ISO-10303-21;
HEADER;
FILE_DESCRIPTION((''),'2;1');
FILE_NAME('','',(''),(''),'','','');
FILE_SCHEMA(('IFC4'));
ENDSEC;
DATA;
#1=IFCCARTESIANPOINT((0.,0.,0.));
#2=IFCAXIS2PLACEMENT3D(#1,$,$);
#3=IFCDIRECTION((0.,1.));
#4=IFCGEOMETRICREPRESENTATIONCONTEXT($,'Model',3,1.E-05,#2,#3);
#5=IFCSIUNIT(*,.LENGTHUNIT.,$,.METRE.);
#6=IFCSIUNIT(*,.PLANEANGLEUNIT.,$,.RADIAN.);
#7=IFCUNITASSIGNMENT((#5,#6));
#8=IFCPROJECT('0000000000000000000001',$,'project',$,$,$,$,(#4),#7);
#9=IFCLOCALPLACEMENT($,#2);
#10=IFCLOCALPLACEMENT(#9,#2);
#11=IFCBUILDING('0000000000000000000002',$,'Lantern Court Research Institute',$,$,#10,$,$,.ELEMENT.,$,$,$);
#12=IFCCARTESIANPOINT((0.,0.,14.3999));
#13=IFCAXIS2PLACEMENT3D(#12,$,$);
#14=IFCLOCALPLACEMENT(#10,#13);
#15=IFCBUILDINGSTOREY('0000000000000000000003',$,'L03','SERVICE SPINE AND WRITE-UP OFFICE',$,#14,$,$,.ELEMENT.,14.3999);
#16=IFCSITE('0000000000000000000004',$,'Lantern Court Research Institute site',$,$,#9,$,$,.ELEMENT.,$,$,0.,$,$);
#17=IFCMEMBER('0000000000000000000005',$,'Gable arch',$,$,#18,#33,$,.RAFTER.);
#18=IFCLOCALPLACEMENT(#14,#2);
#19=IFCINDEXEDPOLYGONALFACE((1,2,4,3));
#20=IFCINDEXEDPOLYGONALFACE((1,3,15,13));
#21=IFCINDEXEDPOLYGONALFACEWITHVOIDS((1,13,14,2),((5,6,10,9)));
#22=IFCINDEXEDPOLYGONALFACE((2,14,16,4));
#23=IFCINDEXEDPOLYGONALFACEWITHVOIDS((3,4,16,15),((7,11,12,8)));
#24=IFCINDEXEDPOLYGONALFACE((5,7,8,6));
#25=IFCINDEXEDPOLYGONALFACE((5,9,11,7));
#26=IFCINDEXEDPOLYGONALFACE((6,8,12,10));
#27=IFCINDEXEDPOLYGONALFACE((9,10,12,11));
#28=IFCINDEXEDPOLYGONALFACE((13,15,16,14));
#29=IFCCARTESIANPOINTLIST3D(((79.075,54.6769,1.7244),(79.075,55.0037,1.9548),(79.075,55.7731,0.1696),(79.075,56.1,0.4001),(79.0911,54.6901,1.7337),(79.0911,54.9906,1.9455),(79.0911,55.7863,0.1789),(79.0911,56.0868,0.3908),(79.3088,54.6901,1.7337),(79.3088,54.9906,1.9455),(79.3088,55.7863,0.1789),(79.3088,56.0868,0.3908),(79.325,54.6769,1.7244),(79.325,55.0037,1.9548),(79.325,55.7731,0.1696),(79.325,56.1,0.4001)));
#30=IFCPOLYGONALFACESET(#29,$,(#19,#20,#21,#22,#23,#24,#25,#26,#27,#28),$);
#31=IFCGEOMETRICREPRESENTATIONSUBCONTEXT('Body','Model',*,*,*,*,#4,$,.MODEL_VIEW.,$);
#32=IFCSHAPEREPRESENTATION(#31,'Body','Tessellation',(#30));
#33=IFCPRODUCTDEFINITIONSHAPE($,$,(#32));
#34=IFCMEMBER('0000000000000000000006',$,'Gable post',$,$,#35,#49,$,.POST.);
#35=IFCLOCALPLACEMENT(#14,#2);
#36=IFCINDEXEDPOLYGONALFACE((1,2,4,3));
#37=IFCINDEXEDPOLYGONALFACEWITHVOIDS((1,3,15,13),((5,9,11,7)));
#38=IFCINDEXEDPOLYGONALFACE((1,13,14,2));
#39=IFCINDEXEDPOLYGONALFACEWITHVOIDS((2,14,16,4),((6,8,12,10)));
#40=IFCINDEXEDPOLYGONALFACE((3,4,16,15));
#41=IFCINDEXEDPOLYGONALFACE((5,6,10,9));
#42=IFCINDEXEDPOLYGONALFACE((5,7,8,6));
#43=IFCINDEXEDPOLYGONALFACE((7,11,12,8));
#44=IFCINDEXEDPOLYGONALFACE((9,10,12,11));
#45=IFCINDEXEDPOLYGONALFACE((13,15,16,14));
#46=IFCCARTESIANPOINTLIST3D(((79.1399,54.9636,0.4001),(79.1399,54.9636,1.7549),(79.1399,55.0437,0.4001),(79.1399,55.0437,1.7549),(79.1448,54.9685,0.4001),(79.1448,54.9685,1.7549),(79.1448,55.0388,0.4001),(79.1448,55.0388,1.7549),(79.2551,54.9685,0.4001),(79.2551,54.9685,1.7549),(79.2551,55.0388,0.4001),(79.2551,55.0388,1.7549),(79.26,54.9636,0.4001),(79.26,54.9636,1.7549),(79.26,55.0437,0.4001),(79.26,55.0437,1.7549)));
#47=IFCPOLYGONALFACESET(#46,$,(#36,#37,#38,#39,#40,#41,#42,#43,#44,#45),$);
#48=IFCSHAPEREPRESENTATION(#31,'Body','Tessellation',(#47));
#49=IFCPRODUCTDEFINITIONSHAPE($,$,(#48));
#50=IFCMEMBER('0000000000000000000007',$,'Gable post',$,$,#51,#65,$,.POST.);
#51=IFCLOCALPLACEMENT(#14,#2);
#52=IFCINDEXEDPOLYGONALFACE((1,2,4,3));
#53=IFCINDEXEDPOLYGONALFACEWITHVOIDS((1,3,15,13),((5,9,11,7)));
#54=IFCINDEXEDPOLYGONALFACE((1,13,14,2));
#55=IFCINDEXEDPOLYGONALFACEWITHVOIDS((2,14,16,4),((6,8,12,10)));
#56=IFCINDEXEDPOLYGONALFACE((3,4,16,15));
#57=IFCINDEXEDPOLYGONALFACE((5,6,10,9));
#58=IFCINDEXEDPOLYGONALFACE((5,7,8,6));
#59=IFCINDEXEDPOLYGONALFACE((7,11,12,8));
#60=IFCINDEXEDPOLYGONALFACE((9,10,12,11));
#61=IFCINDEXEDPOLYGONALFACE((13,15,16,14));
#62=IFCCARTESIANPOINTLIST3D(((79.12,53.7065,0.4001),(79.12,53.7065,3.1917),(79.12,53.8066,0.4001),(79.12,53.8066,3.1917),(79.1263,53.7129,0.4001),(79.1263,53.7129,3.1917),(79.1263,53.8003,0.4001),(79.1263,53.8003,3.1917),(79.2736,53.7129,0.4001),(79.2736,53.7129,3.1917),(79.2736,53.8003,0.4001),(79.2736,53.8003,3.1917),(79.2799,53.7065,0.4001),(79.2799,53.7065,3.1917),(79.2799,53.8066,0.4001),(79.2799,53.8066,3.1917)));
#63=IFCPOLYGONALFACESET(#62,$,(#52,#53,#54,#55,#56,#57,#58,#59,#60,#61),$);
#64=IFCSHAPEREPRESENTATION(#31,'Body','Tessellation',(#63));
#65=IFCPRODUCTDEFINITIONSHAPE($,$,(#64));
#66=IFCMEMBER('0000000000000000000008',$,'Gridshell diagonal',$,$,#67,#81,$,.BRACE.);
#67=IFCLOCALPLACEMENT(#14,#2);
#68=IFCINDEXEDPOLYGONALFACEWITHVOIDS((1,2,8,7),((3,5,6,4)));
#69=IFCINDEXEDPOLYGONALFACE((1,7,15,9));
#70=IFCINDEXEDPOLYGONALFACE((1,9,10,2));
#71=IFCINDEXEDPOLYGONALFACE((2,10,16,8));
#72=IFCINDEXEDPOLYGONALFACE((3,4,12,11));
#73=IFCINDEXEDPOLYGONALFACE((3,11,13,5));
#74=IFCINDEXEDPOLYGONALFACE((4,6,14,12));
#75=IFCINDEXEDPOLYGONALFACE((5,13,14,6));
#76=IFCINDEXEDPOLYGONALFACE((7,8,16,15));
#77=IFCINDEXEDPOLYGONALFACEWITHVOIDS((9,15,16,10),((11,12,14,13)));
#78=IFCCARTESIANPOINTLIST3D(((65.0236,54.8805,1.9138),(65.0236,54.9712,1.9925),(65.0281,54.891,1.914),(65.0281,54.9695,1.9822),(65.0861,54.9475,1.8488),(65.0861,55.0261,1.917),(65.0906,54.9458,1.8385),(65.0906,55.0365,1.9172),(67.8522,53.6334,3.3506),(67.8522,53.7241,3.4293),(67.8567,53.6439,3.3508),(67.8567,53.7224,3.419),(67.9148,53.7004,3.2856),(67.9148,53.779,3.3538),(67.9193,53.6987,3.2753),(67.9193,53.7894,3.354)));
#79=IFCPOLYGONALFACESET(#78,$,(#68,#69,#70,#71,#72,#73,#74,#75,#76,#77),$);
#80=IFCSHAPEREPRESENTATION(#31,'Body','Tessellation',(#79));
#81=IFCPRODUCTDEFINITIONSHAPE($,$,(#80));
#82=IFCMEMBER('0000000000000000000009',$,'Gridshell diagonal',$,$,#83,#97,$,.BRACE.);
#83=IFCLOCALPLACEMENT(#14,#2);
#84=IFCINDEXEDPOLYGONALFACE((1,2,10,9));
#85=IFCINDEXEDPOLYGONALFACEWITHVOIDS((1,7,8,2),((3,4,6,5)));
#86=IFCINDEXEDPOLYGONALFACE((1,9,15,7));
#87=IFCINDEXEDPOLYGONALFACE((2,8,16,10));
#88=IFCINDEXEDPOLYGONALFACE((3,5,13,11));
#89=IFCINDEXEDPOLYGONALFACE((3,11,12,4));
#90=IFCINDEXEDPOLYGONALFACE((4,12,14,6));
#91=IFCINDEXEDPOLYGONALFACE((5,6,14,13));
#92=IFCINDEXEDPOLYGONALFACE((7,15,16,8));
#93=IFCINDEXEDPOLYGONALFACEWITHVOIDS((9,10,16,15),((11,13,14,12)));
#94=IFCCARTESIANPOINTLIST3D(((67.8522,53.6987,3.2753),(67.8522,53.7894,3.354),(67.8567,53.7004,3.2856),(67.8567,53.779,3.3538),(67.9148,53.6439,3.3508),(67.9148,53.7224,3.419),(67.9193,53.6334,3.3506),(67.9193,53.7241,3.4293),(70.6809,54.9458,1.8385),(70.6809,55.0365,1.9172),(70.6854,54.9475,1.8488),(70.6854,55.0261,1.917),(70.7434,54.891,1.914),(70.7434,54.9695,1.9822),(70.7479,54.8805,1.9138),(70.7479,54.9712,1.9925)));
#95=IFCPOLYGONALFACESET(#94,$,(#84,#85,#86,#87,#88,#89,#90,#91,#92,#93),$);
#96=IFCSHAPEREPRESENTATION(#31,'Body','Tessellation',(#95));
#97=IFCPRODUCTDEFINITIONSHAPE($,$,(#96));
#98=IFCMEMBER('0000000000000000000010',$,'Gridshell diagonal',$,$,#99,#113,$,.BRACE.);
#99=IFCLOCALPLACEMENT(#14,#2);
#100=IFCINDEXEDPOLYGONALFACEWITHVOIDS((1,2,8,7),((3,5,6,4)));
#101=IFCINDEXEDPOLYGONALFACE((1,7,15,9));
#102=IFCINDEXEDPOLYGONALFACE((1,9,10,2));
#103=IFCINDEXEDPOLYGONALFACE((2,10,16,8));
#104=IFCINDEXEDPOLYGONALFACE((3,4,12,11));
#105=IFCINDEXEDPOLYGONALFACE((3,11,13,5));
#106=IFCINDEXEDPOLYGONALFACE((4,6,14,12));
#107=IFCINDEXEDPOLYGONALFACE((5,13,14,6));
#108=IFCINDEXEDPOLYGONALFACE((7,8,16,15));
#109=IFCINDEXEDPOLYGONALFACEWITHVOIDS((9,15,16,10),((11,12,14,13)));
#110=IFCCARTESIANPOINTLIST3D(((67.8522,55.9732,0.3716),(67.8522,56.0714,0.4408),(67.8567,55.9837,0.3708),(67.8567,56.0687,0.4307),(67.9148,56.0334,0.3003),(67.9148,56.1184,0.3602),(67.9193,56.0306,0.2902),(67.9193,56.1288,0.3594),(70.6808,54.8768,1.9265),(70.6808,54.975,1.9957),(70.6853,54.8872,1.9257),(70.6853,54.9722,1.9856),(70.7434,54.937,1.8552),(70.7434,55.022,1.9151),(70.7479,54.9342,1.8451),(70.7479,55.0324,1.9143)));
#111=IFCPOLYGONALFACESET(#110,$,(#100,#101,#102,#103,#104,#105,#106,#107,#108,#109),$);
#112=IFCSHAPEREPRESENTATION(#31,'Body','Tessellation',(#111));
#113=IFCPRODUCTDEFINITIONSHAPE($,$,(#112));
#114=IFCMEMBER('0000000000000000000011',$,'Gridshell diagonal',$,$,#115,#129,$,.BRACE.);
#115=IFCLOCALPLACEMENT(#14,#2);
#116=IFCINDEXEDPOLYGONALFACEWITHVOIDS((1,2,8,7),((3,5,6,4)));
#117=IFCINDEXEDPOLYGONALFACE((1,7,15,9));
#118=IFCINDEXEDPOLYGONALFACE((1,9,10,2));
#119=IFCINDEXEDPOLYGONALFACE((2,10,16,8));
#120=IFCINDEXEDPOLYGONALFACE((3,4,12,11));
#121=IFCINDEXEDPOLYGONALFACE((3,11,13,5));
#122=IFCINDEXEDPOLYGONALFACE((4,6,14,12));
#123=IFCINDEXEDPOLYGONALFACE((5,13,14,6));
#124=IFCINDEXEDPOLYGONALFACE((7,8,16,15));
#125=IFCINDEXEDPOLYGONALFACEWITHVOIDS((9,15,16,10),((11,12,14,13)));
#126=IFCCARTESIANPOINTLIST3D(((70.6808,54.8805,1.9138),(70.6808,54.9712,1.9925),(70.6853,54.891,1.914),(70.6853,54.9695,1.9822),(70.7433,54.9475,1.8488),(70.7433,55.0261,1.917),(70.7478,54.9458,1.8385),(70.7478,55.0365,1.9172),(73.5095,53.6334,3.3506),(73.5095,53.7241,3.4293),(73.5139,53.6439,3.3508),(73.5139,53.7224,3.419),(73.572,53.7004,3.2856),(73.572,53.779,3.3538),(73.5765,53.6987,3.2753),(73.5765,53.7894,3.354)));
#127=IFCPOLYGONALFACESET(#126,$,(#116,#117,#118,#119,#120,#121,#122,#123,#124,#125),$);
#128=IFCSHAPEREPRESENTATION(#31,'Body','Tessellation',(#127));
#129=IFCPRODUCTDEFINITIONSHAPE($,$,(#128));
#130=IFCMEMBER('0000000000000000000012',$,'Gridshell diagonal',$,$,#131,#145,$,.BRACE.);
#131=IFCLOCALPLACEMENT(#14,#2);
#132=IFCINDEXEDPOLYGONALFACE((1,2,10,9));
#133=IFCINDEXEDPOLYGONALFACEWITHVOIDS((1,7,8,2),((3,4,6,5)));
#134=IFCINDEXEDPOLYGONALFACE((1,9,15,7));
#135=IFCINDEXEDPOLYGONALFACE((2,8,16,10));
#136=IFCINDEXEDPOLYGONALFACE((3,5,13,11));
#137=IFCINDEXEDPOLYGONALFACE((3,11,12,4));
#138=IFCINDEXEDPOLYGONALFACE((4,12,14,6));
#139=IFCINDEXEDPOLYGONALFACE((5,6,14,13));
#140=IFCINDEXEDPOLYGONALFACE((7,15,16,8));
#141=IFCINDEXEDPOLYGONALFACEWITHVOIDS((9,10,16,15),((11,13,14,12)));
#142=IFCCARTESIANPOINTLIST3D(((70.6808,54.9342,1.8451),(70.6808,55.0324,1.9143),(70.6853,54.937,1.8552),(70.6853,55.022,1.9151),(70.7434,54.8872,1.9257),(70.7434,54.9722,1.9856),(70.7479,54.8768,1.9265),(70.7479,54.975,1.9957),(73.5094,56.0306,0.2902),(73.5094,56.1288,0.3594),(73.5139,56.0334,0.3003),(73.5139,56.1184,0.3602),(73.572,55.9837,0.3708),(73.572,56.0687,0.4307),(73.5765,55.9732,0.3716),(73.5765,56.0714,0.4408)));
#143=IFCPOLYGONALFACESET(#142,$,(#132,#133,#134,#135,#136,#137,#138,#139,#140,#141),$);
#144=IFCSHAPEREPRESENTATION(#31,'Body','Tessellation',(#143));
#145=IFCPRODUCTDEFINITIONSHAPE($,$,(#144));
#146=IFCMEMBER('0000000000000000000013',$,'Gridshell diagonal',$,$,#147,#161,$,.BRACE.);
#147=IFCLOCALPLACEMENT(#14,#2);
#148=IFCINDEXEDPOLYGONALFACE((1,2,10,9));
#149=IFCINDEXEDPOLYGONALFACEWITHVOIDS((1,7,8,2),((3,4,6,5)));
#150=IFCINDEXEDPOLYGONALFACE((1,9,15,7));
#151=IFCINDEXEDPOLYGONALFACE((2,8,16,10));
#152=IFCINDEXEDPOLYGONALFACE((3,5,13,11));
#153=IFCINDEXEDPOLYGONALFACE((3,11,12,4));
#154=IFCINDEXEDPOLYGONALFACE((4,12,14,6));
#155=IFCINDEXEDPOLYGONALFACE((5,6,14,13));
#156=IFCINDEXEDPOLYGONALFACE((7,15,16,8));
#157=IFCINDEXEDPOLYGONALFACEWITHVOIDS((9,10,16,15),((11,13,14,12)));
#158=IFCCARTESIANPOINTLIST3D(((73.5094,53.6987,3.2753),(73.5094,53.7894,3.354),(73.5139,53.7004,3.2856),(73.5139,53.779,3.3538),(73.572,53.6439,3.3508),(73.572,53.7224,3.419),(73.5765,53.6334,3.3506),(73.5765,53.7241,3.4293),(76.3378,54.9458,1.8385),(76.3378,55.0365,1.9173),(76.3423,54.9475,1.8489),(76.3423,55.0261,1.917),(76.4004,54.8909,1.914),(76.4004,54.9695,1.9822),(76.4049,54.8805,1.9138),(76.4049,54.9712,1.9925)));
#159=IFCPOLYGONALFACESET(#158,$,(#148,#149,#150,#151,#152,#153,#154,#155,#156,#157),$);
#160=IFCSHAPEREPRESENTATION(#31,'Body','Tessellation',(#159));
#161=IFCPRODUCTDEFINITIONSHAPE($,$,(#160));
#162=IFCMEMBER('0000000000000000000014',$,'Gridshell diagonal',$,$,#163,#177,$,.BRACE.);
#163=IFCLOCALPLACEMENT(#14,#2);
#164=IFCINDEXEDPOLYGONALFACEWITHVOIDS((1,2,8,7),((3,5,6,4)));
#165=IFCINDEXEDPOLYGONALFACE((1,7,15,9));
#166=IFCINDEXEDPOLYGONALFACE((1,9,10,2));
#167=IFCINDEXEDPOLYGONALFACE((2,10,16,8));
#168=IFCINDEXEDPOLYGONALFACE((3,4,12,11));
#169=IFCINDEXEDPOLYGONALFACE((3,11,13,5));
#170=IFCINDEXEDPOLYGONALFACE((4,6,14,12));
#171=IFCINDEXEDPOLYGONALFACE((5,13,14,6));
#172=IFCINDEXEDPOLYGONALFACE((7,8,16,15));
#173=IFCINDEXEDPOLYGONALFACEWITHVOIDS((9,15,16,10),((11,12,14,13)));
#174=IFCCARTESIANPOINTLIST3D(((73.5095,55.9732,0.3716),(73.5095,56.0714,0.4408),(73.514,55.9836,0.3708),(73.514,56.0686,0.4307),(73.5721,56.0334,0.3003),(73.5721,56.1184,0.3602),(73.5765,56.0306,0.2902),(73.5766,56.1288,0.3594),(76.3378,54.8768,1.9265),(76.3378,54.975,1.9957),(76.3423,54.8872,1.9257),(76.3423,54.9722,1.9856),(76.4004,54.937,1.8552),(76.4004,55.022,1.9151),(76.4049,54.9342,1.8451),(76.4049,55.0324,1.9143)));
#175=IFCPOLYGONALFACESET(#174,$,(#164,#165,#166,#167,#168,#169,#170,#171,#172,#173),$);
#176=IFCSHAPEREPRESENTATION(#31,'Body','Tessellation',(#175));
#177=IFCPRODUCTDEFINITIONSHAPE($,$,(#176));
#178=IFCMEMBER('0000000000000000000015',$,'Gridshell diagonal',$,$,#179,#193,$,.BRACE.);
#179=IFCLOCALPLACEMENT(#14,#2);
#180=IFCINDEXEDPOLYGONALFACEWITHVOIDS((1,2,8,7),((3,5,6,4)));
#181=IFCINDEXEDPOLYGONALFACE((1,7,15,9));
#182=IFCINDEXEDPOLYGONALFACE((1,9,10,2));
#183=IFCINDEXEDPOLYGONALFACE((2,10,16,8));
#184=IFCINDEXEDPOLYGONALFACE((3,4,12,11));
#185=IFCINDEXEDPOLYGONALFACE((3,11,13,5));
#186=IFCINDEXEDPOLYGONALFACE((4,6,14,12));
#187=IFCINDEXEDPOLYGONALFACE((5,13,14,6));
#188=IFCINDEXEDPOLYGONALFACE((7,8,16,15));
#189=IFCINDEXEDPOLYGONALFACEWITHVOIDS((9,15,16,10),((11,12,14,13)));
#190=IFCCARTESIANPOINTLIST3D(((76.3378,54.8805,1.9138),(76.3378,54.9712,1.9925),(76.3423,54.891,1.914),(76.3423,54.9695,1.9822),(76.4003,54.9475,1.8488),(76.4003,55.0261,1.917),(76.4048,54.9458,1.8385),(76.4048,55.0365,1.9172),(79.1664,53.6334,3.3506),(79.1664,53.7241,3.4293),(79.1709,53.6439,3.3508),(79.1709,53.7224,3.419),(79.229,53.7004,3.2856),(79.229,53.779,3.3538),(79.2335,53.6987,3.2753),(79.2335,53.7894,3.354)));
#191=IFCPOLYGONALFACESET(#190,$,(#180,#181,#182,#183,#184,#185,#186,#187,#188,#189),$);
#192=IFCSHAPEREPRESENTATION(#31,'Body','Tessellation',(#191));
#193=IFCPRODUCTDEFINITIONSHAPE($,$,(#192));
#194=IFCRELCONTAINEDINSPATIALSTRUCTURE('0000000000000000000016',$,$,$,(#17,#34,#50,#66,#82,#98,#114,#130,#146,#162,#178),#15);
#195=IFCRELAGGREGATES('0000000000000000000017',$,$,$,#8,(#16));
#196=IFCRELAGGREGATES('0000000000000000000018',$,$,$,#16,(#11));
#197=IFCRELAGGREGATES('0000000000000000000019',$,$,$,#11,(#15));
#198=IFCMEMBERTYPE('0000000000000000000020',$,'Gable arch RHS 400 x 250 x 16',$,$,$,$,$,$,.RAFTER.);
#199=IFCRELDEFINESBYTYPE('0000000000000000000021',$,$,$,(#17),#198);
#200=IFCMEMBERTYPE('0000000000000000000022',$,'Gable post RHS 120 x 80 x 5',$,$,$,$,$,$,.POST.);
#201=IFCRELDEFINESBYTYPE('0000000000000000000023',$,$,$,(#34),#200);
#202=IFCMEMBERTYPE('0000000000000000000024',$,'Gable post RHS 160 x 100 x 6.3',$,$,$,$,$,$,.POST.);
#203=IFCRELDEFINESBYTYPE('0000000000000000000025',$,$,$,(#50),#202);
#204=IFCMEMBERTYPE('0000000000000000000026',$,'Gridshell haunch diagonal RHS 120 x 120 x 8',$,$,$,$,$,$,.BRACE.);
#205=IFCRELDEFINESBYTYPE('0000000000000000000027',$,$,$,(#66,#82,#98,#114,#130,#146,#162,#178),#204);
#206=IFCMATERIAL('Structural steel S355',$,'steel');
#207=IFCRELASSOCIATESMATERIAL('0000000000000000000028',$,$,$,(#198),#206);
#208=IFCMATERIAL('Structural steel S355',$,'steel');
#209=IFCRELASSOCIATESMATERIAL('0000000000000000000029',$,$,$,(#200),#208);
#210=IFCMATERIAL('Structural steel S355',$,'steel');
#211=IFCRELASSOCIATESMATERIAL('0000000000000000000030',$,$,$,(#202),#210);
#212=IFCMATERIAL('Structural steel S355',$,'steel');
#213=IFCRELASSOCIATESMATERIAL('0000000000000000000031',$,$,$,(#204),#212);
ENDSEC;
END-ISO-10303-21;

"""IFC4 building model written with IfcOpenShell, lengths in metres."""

from ifc_helpers import new_model, si_unit, direction, frame, origin, origin_2d, place, context, subcontext, project, spatial, hollow_rectangle, extrude, material, material_profile, profile_set, type_object, element, save


model = new_model("IFC4")

# Units and contexts
model_context = context("Model", 3, precision=1e-05, world=origin(), true_north=direction((0.0, 1.0)))
body_context = subcontext(model_context, "Body", "Model", "MODEL_VIEW")
ifc_project = project(units=[si_unit("LENGTHUNIT", "METRE"), si_unit("PLANEANGLEUNIT", "RADIAN")], contexts=[model_context])

# Site, building, storey
site_placement = place(None, origin())
site = spatial("IfcSite", under=ifc_project, at=site_placement, Name="Lantern Court Research Institute site", CompositionType="ELEMENT", RefElevation=0.0)
building_placement = place(site_placement, origin())
building = spatial("IfcBuilding", under=site, at=building_placement, Name="Lantern Court Research Institute", CompositionType="ELEMENT")
storey_placement = place(building_placement, frame((0.0, 0.0, 14.3999)))
storey = spatial("IfcBuildingStorey", under=building, at=storey_placement, Name="L03", Description="SERVICE SPINE AND WRITE-UP OFFICE", CompositionType="ELEMENT", Elevation=14.3999)

# Members
ifc_material_1 = material(Name="Structural steel S355", Category="steel")
ifc_material_profile_1 = material_profile(ifc_material_1, hollow_rectangle(XDim=0.25, YDim=0.3999, WallThickness=0.0161, at=origin_2d()), Name="Gable arch RHS 400 x 250 x 16")
ifc_profile_set_1 = profile_set([ifc_material_profile_1], Name="Structural steel S355")
member_type_1 = type_object("IfcMemberType", Name="Gable arch RHS 400 x 250 x 16", PredefinedType="RAFTER", material=ifc_profile_set_1)
member_1_placement = place(storey_placement, frame((79.2, 54.8403, 1.8396), z_axis=(0.0, 0.57625, -0.817274), x_axis=(-1.0, 0.0, 0.0)))
element("IfcMember", 1, at=member_1_placement, inside=storey, type_object=member_type_1, Name="Gable arch", PredefinedType="RAFTER", context=body_context, shape_type="SweptSolid", body=[
    extrude(hollow_rectangle(XDim=0.25, YDim=0.3999, WallThickness=0.0161, at=origin_2d()), origin(), (0.0, 0.0, 1.0), 1.9023),
])
ifc_material_2 = material(Name="Structural steel S355", Category="steel")
ifc_material_profile_2 = material_profile(ifc_material_2, hollow_rectangle(XDim=0.1201, YDim=0.0801, WallThickness=0.0049, at=origin_2d()), Name="Gable post RHS 120 x 80 x 5")
ifc_profile_set_2 = profile_set([ifc_material_profile_2], Name="Structural steel S355")
member_type_2 = type_object("IfcMemberType", Name="Gable post RHS 120 x 80 x 5", PredefinedType="POST", material=ifc_profile_set_2)
member_2_placement = place(storey_placement, frame((79.2, 55.0037, 0.4001), z_axis=(0.0, 0.0, 1.0), x_axis=(1.0, 0.0, 0.0)))
element("IfcMember", 2, at=member_2_placement, inside=storey, type_object=member_type_2, Name="Gable post", PredefinedType="POST", context=body_context, shape_type="SweptSolid", body=[
    extrude(hollow_rectangle(XDim=0.1201, YDim=0.0801, WallThickness=0.0049, at=origin_2d()), origin(), (0.0, 0.0, 1.0), 1.3547),
])
ifc_material_3 = material(Name="Structural steel S355", Category="steel")
ifc_material_profile_3 = material_profile(ifc_material_3, hollow_rectangle(XDim=0.1599, YDim=0.1001, WallThickness=0.0063, at=origin_2d()), Name="Gable post RHS 160 x 100 x 6.3")
ifc_profile_set_3 = profile_set([ifc_material_profile_3], Name="Structural steel S355")
member_type_3 = type_object("IfcMemberType", Name="Gable post RHS 160 x 100 x 6.3", PredefinedType="POST", material=ifc_profile_set_3)
member_3_placement = place(storey_placement, frame((79.2, 53.7566, 0.4001), z_axis=(0.0, 0.0, 1.0), x_axis=(1.0, 0.0, 0.0)))
element("IfcMember", 3, at=member_3_placement, inside=storey, type_object=member_type_3, Name="Gable post", PredefinedType="POST", context=body_context, shape_type="SweptSolid", body=[
    extrude(hollow_rectangle(XDim=0.1599, YDim=0.1001, WallThickness=0.0063, at=origin_2d()), origin(), (0.0, 0.0, 1.0), 2.7915),
])
ifc_material_4 = material(Name="Structural steel S355", Category="steel")
ifc_material_profile_4 = material_profile(ifc_material_4, hollow_rectangle(XDim=0.1201, YDim=0.1201, WallThickness=0.0081, at=origin_2d()), Name="Gridshell haunch diagonal RHS 120 x 120 x 8")
ifc_profile_set_4 = profile_set([ifc_material_profile_4], Name="Structural steel S355")
member_type_4 = type_object("IfcMemberType", Name="Gridshell haunch diagonal RHS 120 x 120 x 8", PredefinedType="BRACE", material=ifc_profile_set_4)
for number, where, z_axis, x_axis, name in (
    (4, (67.8857, 53.7114, 3.3523), (-0.829775, 0.365829, -0.421477), (-0.558098, -0.543914, 0.626645), "Gridshell diagonal"),
    (5, (67.8857, 53.7114, 3.3523), (0.829775, 0.365829, -0.421477), (-0.558098, 0.543914, -0.626645), "Gridshell diagonal"),
    (6, (70.7144, 54.9546, 1.9204), (-0.829757, 0.321633, -0.45613), (-0.558124, -0.478138, 0.678146), "Gridshell diagonal"),
    (7, (73.543, 53.7114, 3.3523), (-0.829775, 0.365829, -0.421477), (-0.558098, -0.543914, 0.626645), "Gridshell diagonal"),
    (8, (70.7144, 54.9546, 1.9204), (0.829757, 0.321633, -0.45613), (-0.558124, 0.478138, -0.678146), "Gridshell diagonal"),
):
    element("IfcMember", number, at=place(storey_placement, frame(where, z_axis=z_axis, x_axis=x_axis)), inside=storey, type_object=member_type_4, Name=name, PredefinedType="BRACE", context=body_context, shape_type="SweptSolid", body=[
        extrude(hollow_rectangle(XDim=0.1201, YDim=0.1201, WallThickness=0.0081, at=origin_2d()), origin(), (0.0, 0.0, 1.0), 3.4089),
    ])
for number, where, z_axis, x_axis, name in (
    (9, (73.543, 53.7114, 3.3523), (0.829753, 0.36585, -0.421502), (-0.558131, 0.543889, -0.626637), "Gridshell diagonal"),
    (10, (76.3713, 54.9546, 1.9204), (-0.829735, 0.321652, -0.456157), (-0.558157, -0.478114, 0.678135), "Gridshell diagonal"),
):
    element("IfcMember", number, at=place(storey_placement, frame(where, z_axis=z_axis, x_axis=x_axis)), inside=storey, type_object=member_type_4, Name=name, PredefinedType="BRACE", context=body_context, shape_type="SweptSolid", body=[
        extrude(hollow_rectangle(XDim=0.1201, YDim=0.1201, WallThickness=0.0081, at=origin_2d()), origin(), (0.0, 0.0, 1.0), 3.4087),
    ])
for number, where, z_axis, x_axis, name in (
    (11, (79.2, 53.7114, 3.3523), (-0.829775, 0.365829, -0.421477), (-0.558098, -0.543914, 0.626645), "Gridshell diagonal"),
):
    element("IfcMember", number, at=place(storey_placement, frame(where, z_axis=z_axis, x_axis=x_axis)), inside=storey, type_object=member_type_4, Name=name, PredefinedType="BRACE", context=body_context, shape_type="SweptSolid", body=[
        extrude(hollow_rectangle(XDim=0.1201, YDim=0.1201, WallThickness=0.0081, at=origin_2d()), origin(), (0.0, 0.0, 1.0), 3.4089),
    ])

save(model, "model.ifc")
